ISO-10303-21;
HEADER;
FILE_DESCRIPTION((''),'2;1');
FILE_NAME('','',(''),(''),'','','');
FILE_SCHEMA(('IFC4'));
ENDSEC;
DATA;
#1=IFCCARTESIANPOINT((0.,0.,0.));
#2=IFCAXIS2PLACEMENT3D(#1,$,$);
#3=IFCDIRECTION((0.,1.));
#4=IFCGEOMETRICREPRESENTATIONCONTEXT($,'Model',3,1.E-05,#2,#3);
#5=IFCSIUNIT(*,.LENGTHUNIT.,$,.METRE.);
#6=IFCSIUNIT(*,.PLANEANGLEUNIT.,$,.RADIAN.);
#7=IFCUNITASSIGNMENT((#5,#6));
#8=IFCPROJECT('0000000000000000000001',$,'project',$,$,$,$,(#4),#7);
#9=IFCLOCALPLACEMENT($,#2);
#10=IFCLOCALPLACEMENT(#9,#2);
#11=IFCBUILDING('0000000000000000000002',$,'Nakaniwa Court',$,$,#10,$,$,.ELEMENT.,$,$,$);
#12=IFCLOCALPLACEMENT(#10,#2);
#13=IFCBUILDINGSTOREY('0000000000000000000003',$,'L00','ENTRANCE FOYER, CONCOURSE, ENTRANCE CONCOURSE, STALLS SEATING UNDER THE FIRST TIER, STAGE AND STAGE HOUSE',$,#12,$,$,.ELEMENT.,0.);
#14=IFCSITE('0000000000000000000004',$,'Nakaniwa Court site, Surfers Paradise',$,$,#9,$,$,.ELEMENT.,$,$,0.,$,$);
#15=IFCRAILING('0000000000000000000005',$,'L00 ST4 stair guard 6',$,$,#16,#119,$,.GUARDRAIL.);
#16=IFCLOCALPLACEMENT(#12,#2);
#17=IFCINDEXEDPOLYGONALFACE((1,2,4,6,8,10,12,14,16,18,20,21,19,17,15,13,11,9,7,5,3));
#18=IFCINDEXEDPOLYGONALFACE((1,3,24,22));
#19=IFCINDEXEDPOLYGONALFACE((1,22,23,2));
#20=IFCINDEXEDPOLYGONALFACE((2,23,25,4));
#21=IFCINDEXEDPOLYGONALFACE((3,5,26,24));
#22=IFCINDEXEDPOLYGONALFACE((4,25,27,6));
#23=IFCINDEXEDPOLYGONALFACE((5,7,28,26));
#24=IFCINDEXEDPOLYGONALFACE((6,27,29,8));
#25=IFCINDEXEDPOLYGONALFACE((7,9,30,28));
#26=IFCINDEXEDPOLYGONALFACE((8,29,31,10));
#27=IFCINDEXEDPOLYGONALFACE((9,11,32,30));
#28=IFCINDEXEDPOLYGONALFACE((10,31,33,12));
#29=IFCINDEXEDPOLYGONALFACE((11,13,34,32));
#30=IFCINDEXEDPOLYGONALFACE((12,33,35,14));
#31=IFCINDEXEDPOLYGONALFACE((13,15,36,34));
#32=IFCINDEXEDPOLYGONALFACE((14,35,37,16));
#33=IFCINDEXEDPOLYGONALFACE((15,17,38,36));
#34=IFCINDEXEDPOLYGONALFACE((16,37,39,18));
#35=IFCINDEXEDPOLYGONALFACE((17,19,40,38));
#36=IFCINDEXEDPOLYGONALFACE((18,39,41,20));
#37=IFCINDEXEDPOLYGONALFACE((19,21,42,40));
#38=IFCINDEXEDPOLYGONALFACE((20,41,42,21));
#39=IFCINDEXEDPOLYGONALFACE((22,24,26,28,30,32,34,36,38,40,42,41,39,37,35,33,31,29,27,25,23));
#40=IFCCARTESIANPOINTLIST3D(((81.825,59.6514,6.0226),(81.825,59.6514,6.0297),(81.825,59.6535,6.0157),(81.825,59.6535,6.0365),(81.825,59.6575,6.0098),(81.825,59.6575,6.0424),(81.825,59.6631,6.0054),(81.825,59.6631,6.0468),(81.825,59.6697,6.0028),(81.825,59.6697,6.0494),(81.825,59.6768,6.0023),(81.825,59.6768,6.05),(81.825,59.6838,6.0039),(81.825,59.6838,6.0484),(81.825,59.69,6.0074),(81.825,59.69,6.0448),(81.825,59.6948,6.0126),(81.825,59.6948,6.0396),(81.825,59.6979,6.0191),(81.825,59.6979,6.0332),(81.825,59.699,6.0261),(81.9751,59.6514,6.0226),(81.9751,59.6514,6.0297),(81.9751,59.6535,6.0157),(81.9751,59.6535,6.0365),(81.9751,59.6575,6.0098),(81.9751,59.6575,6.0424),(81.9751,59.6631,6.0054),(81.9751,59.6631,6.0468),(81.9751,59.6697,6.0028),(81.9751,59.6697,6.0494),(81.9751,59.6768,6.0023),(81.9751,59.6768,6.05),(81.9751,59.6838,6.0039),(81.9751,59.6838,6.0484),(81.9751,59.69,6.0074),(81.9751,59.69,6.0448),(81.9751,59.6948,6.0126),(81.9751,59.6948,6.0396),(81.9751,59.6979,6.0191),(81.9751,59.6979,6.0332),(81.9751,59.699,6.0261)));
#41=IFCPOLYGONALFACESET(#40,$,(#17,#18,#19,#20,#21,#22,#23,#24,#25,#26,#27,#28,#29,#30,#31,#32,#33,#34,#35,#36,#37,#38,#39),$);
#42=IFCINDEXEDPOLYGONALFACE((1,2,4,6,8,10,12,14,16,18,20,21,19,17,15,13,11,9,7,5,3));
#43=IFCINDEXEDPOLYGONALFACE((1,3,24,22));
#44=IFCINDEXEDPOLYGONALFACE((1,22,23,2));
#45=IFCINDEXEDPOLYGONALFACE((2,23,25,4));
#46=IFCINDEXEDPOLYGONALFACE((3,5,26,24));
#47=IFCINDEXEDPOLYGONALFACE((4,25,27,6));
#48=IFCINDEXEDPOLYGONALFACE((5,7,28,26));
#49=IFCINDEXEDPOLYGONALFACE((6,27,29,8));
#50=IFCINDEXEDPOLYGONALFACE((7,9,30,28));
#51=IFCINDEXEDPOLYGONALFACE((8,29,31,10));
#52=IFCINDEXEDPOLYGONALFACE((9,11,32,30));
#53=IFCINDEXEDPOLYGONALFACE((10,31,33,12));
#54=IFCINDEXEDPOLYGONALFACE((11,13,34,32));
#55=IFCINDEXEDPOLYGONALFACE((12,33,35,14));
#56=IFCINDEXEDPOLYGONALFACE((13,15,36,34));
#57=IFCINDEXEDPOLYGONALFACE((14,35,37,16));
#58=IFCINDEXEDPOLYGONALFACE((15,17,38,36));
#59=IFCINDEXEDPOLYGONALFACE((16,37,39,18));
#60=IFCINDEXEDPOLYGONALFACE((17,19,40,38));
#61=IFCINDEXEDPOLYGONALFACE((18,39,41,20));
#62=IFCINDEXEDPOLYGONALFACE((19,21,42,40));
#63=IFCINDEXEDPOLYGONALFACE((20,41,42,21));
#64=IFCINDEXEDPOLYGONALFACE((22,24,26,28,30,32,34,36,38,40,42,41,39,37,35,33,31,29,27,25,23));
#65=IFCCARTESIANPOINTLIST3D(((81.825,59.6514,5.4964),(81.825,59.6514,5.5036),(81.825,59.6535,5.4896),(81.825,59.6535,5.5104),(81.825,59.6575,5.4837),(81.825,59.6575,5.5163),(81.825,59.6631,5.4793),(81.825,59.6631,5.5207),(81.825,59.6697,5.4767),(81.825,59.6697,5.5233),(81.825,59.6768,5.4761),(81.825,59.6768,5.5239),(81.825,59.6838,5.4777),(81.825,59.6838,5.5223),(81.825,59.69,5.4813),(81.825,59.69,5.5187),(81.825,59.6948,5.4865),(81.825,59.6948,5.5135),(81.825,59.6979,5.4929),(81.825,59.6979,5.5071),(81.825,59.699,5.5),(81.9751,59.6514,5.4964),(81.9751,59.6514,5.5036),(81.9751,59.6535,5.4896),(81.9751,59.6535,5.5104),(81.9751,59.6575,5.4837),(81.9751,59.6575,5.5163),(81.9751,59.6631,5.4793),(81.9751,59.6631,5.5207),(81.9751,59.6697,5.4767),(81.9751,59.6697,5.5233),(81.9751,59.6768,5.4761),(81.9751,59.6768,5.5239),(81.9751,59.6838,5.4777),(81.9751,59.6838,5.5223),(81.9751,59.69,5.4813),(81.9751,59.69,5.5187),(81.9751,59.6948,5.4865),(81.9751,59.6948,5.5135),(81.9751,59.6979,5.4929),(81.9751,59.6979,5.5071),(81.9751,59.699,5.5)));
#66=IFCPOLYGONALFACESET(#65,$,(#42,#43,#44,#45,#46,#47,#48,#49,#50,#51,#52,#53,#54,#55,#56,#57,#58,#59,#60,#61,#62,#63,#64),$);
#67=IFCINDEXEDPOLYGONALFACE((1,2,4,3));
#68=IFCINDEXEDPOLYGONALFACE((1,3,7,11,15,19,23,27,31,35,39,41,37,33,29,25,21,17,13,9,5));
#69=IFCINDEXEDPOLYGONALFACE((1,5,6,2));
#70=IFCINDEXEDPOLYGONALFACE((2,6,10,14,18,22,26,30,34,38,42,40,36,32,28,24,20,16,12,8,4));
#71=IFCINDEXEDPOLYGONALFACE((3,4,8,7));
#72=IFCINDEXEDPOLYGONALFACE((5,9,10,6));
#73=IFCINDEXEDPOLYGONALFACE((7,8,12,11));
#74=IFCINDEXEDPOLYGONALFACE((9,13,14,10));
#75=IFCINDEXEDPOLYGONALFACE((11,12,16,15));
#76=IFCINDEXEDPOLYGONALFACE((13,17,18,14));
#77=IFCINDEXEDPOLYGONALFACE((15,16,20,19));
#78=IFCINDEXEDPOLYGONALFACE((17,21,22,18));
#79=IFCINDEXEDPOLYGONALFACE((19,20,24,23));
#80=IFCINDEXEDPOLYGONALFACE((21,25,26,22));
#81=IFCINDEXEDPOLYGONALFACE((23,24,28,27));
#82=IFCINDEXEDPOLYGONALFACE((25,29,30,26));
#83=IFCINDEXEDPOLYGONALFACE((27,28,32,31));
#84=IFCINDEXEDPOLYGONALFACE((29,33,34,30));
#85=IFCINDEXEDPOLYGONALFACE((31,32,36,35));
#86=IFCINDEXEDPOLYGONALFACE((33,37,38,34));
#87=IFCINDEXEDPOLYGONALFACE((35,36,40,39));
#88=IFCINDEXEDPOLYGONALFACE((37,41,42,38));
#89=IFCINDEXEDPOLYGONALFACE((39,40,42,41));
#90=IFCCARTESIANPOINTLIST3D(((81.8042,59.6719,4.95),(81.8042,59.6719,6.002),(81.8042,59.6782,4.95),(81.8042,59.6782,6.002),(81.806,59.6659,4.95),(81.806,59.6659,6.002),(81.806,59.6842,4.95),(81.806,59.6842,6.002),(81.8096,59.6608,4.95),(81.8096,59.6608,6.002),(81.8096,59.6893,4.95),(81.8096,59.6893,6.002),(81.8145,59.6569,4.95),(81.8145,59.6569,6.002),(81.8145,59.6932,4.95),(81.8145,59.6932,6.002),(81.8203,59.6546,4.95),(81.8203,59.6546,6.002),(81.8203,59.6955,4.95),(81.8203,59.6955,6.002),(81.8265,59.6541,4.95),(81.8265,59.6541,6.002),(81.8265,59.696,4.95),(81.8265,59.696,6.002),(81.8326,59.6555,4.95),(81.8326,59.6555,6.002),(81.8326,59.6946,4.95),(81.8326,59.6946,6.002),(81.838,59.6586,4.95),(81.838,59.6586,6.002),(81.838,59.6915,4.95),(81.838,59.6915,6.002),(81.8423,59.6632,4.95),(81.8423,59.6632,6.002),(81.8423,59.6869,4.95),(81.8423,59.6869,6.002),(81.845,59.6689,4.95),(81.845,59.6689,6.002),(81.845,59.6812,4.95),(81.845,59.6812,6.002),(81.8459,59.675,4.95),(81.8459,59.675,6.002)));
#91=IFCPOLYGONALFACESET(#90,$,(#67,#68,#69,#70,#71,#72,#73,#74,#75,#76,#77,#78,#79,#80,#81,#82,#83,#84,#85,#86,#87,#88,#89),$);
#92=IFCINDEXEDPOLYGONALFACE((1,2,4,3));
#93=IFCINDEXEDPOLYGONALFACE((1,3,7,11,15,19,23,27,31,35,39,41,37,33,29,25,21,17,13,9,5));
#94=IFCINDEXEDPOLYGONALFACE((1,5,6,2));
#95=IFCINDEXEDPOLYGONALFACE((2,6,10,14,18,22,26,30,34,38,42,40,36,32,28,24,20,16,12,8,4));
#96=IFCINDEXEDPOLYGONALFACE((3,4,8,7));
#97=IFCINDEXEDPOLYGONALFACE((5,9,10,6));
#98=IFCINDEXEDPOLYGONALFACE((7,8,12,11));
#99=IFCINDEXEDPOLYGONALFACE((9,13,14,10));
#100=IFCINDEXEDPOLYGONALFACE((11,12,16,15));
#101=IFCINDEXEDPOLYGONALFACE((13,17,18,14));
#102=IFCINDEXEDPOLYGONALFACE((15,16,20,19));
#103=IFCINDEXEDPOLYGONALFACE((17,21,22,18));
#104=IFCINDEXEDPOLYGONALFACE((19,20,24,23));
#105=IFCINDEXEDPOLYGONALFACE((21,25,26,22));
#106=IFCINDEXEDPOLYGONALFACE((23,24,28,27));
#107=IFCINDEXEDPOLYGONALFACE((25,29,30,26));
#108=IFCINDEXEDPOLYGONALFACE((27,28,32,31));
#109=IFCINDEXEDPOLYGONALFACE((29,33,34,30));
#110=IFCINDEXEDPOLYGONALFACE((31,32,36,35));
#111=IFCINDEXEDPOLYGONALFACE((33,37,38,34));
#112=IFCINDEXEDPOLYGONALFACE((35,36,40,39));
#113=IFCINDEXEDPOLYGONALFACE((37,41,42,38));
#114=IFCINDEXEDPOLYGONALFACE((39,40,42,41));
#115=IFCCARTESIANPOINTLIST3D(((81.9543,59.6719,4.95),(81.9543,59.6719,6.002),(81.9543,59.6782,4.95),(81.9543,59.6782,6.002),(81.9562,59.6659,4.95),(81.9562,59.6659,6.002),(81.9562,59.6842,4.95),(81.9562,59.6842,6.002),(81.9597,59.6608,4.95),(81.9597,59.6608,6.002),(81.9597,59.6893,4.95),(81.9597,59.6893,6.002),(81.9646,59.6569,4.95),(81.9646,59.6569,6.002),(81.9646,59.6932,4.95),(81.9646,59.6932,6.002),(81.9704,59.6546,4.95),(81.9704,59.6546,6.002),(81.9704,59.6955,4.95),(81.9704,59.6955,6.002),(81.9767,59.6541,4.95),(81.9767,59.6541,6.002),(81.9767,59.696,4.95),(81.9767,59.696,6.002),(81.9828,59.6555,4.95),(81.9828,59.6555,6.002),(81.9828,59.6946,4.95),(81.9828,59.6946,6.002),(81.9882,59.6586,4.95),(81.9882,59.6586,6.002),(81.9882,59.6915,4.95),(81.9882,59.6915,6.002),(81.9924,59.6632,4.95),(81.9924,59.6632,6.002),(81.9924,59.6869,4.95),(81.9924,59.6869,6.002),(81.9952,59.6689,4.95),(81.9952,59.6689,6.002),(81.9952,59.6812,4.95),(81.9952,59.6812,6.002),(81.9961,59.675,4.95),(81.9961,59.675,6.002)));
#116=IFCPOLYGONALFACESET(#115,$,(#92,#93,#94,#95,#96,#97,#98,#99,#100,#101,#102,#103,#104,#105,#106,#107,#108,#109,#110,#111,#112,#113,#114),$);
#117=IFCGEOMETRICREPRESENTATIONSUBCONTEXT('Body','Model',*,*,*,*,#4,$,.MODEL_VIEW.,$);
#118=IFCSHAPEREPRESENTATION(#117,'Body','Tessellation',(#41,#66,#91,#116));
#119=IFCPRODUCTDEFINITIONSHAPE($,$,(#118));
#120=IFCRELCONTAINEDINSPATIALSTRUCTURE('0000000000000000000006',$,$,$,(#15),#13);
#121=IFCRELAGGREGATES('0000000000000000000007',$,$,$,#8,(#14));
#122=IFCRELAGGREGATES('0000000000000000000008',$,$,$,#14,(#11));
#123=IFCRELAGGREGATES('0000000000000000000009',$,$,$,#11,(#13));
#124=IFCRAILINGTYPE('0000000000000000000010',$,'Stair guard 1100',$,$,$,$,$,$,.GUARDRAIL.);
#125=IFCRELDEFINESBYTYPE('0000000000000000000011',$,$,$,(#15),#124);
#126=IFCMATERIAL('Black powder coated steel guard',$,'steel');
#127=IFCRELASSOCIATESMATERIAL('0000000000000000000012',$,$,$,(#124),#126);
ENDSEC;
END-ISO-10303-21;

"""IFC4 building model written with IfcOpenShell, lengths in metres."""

from ifc_helpers import new_model, si_unit, direction, frame, origin, origin_2d, place, context, subcontext, project, spatial, circle, extrude, material, type_object, element, save


model = new_model("IFC4")

# Units and contexts
model_context = context("Model", 3, precision=1e-05, world=origin(), true_north=direction((0.0, 1.0)))
body_context = subcontext(model_context, "Body", "Model", "MODEL_VIEW")
ifc_project = project(units=[si_unit("LENGTHUNIT", "METRE"), si_unit("PLANEANGLEUNIT", "RADIAN")], contexts=[model_context])

# Site, building, storey
site_placement = place(None, origin())
site = spatial("IfcSite", under=ifc_project, at=site_placement, Name="Nakaniwa Court site, Surfers Paradise", CompositionType="ELEMENT", RefElevation=0.0)
building_placement = place(site_placement, origin())
building = spatial("IfcBuilding", under=site, at=building_placement, Name="Nakaniwa Court", CompositionType="ELEMENT")
storey_placement = place(building_placement, origin())
storey = spatial("IfcBuildingStorey", under=building, at=storey_placement, Name="L00", Description="ENTRANCE FOYER, CONCOURSE, ENTRANCE CONCOURSE, STALLS SEATING UNDER THE FIRST TIER, STAGE AND STAGE HOUSE", CompositionType="ELEMENT", Elevation=0.0)

# Railing
ifc_material_1 = material(Name="Black powder coated steel guard", Category="steel")
railing_type_1 = type_object("IfcRailingType", Name="Stair guard 1100", PredefinedType="GUARDRAIL", material=ifc_material_1)
railing_1_placement = place(storey_placement, frame((81.825, 59.675, 4.95)))
element("IfcRailing", 1, at=railing_1_placement, inside=storey, type_object=railing_type_1, Name="L00 ST4 stair guard 6", PredefinedType="GUARDRAIL", context=body_context, shape_type="SweptSolid", body=[
    extrude(circle(Radius=0.0239, at=origin_2d()), frame((0.0, 0.0, 1.0762), z_axis=(1.0, 0.0, 0.0), x_axis=(0.0, 1.0, 0.0)), (0.0, 0.0, 1.0), 0.1501),
    extrude(circle(Radius=0.0239, at=origin_2d()), frame((0.0, 0.0, 0.55), z_axis=(1.0, 0.0, 0.0), x_axis=(0.0, 1.0, 0.0)), (0.0, 0.0, 1.0), 0.1501),
    extrude(circle(Radius=0.021, at=origin_2d()), origin(), (0.0, 0.0, 1.0), 1.052),
    extrude(circle(Radius=0.021, at=origin_2d()), frame((0.1501, 0.0, 0.0)), (0.0, 0.0, 1.0), 1.052),
])

save(model, "model.ifc")
